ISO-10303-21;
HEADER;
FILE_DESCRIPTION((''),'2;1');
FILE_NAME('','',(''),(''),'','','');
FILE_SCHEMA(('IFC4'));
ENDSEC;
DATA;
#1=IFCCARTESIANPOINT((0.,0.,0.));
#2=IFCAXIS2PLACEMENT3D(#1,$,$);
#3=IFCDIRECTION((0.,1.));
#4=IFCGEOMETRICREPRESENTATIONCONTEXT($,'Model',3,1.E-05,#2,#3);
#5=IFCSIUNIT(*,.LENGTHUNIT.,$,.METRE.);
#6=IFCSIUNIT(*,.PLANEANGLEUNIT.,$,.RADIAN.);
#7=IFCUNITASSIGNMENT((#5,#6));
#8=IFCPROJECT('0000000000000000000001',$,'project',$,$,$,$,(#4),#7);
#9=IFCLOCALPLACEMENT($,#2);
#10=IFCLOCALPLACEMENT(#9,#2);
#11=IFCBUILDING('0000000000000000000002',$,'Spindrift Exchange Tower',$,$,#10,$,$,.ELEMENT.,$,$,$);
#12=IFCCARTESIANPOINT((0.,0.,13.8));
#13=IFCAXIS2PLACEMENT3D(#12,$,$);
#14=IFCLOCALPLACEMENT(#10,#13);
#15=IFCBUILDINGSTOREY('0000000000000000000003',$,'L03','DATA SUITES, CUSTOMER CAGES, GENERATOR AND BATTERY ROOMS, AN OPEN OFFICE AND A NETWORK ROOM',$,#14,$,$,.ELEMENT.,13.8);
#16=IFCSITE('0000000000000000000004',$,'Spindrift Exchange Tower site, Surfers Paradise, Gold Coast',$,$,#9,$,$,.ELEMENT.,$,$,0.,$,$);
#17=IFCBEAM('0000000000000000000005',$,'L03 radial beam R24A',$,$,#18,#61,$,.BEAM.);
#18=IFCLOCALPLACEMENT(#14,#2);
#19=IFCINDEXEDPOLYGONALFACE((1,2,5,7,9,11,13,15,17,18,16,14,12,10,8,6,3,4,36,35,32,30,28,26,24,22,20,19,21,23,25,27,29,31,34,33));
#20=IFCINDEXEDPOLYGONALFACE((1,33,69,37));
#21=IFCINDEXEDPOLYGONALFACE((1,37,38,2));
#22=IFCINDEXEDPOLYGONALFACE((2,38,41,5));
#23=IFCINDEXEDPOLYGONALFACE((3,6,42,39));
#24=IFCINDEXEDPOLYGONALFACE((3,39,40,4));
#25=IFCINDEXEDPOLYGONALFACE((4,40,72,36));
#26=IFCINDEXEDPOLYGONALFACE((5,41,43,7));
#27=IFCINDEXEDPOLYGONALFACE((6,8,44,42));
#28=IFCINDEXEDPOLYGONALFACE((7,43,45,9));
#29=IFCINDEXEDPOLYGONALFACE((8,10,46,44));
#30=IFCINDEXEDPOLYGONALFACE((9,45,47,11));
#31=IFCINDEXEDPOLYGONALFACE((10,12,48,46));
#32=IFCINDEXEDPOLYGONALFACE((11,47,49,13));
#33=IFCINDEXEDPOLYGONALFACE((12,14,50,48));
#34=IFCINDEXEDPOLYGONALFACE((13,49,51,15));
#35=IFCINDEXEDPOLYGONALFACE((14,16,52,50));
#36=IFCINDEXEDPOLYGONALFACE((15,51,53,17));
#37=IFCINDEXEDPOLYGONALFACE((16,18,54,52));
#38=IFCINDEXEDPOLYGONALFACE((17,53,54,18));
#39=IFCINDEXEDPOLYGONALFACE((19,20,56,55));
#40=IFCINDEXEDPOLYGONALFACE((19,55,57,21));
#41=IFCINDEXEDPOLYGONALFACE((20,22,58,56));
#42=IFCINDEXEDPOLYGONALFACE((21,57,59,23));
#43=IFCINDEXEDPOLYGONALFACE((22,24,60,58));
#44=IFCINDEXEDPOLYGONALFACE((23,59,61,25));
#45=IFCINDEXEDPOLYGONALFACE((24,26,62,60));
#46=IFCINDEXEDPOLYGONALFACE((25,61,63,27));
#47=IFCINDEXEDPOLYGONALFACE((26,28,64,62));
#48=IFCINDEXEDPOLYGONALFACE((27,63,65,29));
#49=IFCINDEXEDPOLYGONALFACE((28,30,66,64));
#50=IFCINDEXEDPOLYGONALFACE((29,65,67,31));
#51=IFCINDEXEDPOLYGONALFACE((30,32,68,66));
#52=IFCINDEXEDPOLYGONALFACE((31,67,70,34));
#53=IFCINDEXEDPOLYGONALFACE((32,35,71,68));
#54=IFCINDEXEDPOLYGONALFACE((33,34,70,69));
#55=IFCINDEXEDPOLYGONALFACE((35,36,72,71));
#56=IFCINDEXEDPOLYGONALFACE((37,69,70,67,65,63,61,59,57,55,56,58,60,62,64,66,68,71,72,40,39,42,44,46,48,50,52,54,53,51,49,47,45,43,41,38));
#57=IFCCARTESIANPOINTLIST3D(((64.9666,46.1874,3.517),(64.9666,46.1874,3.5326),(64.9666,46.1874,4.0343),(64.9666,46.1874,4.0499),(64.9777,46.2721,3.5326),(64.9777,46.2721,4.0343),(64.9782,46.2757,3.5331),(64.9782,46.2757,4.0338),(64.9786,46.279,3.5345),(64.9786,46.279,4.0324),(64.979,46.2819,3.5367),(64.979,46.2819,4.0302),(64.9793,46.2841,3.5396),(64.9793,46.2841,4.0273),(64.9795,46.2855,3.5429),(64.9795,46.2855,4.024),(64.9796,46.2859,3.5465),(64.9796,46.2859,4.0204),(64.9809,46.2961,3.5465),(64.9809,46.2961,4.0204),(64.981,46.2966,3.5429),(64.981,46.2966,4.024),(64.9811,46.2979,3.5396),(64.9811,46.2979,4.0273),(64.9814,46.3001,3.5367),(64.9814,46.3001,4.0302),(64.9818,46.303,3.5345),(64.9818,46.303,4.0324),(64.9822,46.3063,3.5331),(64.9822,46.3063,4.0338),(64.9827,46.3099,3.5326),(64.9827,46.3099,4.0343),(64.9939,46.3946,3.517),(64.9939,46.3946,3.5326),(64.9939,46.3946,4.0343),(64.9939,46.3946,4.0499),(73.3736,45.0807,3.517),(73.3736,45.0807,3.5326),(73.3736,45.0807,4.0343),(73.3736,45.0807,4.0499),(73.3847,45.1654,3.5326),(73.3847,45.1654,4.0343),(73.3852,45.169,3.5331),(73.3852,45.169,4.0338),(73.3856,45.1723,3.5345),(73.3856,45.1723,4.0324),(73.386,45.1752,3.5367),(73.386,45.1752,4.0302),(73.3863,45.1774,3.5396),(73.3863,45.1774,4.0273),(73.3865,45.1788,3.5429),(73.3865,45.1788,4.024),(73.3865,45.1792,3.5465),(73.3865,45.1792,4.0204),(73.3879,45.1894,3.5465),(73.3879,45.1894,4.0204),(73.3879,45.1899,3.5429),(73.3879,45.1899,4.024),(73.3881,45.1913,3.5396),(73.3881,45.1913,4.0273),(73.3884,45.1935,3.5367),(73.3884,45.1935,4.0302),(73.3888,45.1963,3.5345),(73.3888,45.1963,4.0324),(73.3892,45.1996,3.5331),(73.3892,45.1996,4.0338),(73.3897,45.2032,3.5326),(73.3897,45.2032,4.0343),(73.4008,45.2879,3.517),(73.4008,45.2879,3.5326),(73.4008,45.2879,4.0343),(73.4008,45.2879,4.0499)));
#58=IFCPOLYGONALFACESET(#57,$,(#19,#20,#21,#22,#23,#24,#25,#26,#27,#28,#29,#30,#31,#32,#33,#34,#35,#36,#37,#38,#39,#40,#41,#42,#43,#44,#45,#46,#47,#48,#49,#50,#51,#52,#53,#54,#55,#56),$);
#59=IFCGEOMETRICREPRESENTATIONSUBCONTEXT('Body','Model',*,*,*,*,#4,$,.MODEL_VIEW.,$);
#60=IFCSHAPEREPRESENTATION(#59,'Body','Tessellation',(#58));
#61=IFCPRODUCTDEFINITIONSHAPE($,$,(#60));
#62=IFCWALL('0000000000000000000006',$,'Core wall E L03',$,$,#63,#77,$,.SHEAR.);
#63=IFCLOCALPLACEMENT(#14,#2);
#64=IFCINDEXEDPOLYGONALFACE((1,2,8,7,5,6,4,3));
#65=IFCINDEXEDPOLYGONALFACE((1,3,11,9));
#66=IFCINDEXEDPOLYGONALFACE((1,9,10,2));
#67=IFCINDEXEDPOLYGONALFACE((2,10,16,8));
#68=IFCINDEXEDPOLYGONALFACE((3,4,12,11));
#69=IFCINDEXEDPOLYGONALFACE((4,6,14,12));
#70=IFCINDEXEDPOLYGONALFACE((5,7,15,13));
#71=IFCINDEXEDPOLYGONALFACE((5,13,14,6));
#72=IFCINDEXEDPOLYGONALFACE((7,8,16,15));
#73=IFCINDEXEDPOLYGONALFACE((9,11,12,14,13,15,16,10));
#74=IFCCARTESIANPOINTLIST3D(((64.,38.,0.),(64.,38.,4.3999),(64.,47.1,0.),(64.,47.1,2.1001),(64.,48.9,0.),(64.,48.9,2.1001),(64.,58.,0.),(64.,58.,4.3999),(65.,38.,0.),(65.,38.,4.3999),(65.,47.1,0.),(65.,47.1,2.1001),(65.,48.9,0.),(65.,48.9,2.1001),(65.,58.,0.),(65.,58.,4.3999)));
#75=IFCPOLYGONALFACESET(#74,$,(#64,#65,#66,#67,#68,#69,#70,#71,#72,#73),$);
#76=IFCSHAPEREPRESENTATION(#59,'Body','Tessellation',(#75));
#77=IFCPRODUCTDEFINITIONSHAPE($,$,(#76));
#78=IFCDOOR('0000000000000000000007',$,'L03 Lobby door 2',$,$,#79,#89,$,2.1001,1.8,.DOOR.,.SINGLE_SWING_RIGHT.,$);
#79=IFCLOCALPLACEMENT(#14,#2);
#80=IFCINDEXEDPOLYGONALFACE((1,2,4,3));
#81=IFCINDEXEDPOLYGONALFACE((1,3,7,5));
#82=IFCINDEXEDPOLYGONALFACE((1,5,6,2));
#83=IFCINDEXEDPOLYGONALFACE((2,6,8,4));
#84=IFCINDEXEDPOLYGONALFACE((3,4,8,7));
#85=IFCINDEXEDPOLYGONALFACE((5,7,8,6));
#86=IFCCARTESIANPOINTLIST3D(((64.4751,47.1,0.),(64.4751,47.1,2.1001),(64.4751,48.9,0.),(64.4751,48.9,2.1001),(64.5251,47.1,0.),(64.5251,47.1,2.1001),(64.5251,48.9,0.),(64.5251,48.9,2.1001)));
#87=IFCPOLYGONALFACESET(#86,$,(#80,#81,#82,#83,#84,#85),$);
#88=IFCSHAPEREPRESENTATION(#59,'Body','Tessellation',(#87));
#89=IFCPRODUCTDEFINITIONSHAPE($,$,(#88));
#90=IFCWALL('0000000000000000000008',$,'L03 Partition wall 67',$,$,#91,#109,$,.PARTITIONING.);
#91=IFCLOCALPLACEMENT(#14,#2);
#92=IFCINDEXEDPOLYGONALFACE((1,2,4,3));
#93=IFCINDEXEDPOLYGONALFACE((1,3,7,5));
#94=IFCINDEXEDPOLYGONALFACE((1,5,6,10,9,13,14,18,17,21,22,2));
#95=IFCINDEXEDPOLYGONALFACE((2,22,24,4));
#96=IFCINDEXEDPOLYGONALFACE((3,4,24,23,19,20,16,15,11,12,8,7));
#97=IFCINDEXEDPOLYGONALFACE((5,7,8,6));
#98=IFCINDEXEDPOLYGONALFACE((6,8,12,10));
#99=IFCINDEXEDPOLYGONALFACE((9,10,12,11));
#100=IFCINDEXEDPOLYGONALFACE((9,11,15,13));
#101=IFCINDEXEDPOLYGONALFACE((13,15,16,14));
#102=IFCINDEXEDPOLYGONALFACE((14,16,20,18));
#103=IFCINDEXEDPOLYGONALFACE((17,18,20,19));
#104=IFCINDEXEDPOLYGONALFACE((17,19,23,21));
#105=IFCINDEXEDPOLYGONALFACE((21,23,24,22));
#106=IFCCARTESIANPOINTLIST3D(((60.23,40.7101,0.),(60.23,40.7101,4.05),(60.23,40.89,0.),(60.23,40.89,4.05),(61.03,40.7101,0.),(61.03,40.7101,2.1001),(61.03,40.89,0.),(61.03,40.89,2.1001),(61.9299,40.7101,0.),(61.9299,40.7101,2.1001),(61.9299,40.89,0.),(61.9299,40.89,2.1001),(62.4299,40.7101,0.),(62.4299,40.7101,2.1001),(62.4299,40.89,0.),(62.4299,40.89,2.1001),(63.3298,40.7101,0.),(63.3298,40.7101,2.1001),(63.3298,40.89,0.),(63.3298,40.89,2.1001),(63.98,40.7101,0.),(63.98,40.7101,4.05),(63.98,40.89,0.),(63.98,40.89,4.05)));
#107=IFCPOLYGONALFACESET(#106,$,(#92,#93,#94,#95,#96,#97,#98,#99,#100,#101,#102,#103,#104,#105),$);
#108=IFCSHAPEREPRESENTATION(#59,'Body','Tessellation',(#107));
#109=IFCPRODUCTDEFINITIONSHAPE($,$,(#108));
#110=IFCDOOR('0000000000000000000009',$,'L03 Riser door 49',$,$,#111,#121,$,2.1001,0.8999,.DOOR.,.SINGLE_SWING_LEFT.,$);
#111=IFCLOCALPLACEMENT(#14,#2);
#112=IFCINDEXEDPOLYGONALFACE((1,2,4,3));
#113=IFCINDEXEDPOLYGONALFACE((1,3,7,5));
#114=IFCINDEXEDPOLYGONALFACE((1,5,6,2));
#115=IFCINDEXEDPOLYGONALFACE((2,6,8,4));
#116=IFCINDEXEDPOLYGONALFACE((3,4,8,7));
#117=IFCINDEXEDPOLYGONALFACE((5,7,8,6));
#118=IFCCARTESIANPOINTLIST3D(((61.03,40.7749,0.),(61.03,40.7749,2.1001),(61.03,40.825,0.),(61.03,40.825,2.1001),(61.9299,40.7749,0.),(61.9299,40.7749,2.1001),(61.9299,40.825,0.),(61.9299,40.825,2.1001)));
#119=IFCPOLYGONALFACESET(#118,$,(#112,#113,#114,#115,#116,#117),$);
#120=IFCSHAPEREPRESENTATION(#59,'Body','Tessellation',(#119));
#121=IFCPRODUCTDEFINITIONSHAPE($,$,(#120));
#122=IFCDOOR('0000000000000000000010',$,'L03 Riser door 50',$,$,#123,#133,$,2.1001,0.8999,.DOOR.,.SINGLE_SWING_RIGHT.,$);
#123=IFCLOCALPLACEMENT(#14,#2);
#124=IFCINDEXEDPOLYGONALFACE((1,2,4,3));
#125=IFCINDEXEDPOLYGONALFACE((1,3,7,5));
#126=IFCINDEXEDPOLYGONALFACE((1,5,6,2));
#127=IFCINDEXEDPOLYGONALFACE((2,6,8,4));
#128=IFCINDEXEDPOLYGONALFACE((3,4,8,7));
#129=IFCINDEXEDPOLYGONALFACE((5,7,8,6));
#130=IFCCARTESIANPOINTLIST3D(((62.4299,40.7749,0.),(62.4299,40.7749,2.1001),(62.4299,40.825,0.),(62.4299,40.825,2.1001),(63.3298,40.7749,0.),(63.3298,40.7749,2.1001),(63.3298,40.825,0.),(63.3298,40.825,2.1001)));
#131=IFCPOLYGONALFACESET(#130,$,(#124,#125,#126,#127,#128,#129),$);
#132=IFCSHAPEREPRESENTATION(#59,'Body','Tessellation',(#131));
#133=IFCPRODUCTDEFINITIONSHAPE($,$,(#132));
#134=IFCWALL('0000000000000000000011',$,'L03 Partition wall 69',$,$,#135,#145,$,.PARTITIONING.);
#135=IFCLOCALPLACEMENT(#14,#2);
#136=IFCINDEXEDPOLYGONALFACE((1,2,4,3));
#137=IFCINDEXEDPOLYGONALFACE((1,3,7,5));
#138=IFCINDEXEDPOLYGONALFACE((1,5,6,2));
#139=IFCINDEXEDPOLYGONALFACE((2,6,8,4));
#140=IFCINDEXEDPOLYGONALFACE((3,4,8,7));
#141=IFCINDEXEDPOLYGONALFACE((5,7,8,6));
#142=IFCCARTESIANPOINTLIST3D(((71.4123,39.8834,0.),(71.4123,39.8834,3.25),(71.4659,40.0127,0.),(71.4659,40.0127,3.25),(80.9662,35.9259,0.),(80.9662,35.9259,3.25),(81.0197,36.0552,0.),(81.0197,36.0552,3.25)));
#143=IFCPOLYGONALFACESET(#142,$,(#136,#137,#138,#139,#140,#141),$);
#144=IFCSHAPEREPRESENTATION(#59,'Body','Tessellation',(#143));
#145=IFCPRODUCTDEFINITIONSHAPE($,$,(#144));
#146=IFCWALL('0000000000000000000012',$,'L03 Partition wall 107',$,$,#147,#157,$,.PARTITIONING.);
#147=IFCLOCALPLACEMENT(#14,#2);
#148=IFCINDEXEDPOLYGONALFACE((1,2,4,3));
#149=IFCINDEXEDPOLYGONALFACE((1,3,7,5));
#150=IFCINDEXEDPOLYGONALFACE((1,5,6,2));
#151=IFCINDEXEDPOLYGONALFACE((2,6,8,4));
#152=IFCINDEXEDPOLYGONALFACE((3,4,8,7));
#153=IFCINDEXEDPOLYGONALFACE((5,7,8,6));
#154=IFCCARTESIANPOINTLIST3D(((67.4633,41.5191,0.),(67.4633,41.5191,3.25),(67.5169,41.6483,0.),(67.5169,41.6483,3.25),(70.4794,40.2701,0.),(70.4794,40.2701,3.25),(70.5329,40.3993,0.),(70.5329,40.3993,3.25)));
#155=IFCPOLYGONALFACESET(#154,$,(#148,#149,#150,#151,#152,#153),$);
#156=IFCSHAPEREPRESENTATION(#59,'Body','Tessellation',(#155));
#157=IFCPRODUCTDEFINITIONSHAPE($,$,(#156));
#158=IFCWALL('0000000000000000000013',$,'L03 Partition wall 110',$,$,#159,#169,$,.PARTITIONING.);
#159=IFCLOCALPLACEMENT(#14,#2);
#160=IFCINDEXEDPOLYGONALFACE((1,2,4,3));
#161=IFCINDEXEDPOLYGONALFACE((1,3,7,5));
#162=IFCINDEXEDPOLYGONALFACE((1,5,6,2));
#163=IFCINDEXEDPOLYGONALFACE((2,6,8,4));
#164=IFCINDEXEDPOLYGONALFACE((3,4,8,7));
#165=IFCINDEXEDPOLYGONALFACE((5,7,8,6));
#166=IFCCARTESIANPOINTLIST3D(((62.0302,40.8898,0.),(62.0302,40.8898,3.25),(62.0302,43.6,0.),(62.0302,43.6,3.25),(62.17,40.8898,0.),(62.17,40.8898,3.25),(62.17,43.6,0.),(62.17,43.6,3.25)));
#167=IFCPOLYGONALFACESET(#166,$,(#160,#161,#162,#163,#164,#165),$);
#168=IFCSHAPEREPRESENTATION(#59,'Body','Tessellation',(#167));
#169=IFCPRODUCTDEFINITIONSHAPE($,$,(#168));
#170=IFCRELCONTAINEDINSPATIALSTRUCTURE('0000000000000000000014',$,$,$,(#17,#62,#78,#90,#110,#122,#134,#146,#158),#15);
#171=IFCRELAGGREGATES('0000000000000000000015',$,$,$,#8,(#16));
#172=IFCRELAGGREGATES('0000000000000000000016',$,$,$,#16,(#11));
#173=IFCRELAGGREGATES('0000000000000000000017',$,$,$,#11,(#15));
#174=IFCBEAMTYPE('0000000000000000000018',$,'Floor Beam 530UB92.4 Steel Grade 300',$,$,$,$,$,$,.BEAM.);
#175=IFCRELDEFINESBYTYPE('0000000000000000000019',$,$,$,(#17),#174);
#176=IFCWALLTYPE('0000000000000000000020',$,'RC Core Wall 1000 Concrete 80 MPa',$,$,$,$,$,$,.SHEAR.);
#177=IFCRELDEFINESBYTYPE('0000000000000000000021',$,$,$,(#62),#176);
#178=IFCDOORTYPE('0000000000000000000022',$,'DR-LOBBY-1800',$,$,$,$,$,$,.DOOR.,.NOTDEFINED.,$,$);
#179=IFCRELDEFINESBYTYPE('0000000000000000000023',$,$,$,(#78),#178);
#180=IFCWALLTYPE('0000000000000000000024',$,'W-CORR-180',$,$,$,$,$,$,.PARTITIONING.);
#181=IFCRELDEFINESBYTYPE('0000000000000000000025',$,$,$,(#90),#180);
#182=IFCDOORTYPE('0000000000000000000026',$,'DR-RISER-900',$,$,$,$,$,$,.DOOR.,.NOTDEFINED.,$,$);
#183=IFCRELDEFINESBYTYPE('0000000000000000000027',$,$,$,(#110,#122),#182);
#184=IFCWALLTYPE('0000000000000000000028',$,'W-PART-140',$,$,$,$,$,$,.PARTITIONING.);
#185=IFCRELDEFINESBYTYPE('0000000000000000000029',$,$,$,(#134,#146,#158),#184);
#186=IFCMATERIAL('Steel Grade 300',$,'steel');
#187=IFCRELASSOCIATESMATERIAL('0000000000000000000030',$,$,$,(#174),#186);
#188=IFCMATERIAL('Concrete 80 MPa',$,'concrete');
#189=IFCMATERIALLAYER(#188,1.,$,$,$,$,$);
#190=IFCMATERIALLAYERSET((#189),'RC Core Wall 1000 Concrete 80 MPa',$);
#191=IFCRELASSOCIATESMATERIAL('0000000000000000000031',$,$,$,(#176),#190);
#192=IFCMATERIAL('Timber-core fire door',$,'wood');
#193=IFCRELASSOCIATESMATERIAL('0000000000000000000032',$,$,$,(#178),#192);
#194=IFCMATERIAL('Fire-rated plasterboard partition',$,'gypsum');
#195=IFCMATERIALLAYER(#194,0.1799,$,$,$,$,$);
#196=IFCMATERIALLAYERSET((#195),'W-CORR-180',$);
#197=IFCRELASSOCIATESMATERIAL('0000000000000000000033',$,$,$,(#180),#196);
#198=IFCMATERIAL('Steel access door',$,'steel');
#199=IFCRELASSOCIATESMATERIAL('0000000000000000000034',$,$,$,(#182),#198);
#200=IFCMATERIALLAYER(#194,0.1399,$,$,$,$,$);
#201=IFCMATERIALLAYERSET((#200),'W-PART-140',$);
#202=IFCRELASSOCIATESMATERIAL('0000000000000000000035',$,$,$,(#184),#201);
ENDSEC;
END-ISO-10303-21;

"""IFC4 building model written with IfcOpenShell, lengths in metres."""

from ifc_helpers import new_model, si_unit, direction, frame, frame_2d, origin, origin_2d, place, context, subcontext, project, spatial, rectangle, i_section, extrude, source, transform, mapped, material, layer, layer_set, material_profile, profile_set, type_object, element, fill, save


model = new_model("IFC4")

# Units and contexts
model_context = context("Model", 3, precision=1e-05, world=origin(), true_north=direction((0.0, 1.0)))
body_context = subcontext(model_context, "Body", "Model", "MODEL_VIEW")
ifc_project = project(units=[si_unit("LENGTHUNIT", "METRE"), si_unit("PLANEANGLEUNIT", "RADIAN")], contexts=[model_context])

# Site, building, storey
site_placement = place(None, origin())
site = spatial("IfcSite", under=ifc_project, at=site_placement, Name="Spindrift Exchange Tower site, Surfers Paradise, Gold Coast", CompositionType="ELEMENT", RefElevation=0.0)
building_placement = place(site_placement, origin())
building = spatial("IfcBuilding", under=site, at=building_placement, Name="Spindrift Exchange Tower", CompositionType="ELEMENT")
storey_placement = place(building_placement, frame((0.0, 0.0, 13.8)))
storey = spatial("IfcBuildingStorey", under=building, at=storey_placement, Name="L03", Description="DATA SUITES, CUSTOMER CAGES, GENERATOR AND BATTERY ROOMS, AN OPEN OFFICE AND A NETWORK ROOM", CompositionType="ELEMENT", Elevation=13.8)

# Shared definitions
ifc_material_1 = material(Name="Concrete 80 MPa", Category="concrete")

# Beam
ifc_material_2 = material(Name="Steel Grade 300", Category="steel")
ifc_material_profile_1 = material_profile(ifc_material_2, i_section(OverallWidth=0.209, OverallDepth=0.533, WebThickness=0.0103, FlangeThickness=0.0156, FilletRadius=0.0139, at=origin_2d()), Name="530UB92.4")
ifc_profile_set_1 = profile_set([ifc_material_profile_1], Name="Steel Grade 300")
beam_type_1 = type_object("IfcBeamType", Name="Floor Beam 530UB92.4 Steel Grade 300", PredefinedType="BEAM", material=ifc_profile_set_1)
shared_shape_1 = source(origin(), body_context, "Body", "SweptSolid", [
    extrude(i_section(OverallWidth=0.209, OverallDepth=0.533, WebThickness=0.0103, FlangeThickness=0.0156, FilletRadius=0.0139, at=origin_2d()), origin(), (0.0, 0.0, 1.0), 8.4795),
])
beam_1_placement = place(storey_placement, frame((64.9802, 46.291, 3.7834), z_axis=(0.991447, -0.130513, 0.0), x_axis=(0.130513, 0.991447, 0.0)))
element("IfcBeam", 1, at=beam_1_placement, inside=storey, type_object=beam_type_1, Name="L03 radial beam R24A", PredefinedType="BEAM", context=body_context, shape_type="MappedRepresentation", body=[
    mapped(shared_shape_1, transform((0.0, 0.0, 0.0), scale=1.0)),
])

# Wall, opening, door
ifc_layer_1 = layer(ifc_material_1, 1.0)
ifc_layer_set_1 = layer_set([ifc_layer_1], Name="RC Core Wall 1000 Concrete 80 MPa")
wall_type_1 = type_object("IfcWallType", Name="RC Core Wall 1000 Concrete 80 MPa", PredefinedType="SHEAR", material=ifc_layer_set_1)
wall_1_placement = place(storey_placement, frame((64.5, 38.0, 0.0), z_axis=(0.0, 0.0, 1.0), x_axis=(0.0, 1.0, 0.0)))
wall_1 = element("IfcWall", 2, at=wall_1_placement, inside=storey, type_object=wall_type_1, Name="Core wall E L03", PredefinedType="SHEAR", context=body_context, shape_type="SweptSolid", body=[
    extrude(rectangle(XDim=20.0, YDim=1.0, at=frame_2d((10.0, 0.0))), origin(), (0.0, 0.0, 1.0), 4.3999),
])
opening_1_placement = place(wall_1_placement, frame((9.1001, 0.0, 0.0)))
opening_1 = element("IfcOpeningElement", 3, at=opening_1_placement, cuts=wall_1, PredefinedType="OPENING", context=body_context, shape_type="SweptSolid", body=[
    extrude(rectangle(XDim=1.8, YDim=2.1001, at=frame_2d((0.8999, 1.05))), frame((0.0, 0.51, 0.0), z_axis=(0.0, -1.0, 0.0), x_axis=(1.0, 0.0, 0.0)), (0.0, 0.0, 1.0), 1.02),
])
ifc_material_3 = material(Name="Timber-core fire door", Category="wood")
door_type_1 = type_object("IfcDoorType", Name="DR-LOBBY-1800", OperationType="NOTDEFINED", PredefinedType="DOOR", material=ifc_material_3)
shared_shape_2 = source(origin(), body_context, "Body", "SweptSolid", [
    extrude(rectangle(XDim=1.8, YDim=2.1001, at=frame_2d((0.8999, 1.05))), frame((0.0, 0.0249, 0.0), z_axis=(0.0, -1.0, 0.0), x_axis=(1.0, 0.0, 0.0)), (0.0, 0.0, 1.0), 0.05),
])
door_1_placement = place(opening_1_placement, origin())
door_1 = element("IfcDoor", 4, at=door_1_placement, inside=storey, type_object=door_type_1, Name="L03 Lobby door 2", OperationType="SINGLE_SWING_RIGHT", OverallHeight=2.1001, OverallWidth=1.8, PredefinedType="DOOR", context=body_context, shape_type="MappedRepresentation", body=[
    mapped(shared_shape_2, transform((0.0, 0.0, 0.0), scale=1.0)),
])
fill(opening_1, door_1)

# Wall, openings, doors
ifc_material_4 = material(Name="Fire-rated plasterboard partition", Category="gypsum")
ifc_layer_2 = layer(ifc_material_4, 0.1799)
ifc_layer_set_2 = layer_set([ifc_layer_2], Name="W-CORR-180")
wall_type_2 = type_object("IfcWallType", Name="W-CORR-180", PredefinedType="PARTITIONING", material=ifc_layer_set_2)
wall_2_placement = place(storey_placement, frame((60.23, 40.8, 0.0), z_axis=(0.0, 0.0, 1.0), x_axis=(1.0, 0.0, 0.0)))
wall_2 = element("IfcWall", 5, at=wall_2_placement, inside=storey, type_object=wall_type_2, Name="L03 Partition wall 67", PredefinedType="PARTITIONING", context=body_context, shape_type="SweptSolid", body=[
    extrude(rectangle(XDim=3.75, YDim=0.1799, at=frame_2d((1.875, 0.0))), origin(), (0.0, 0.0, 1.0), 4.05),
])
opening_2_placement = place(wall_2_placement, frame((0.8, 0.0, 0.0)))
opening_2 = element("IfcOpeningElement", 6, at=opening_2_placement, cuts=wall_2, PredefinedType="OPENING", context=body_context, shape_type="SweptSolid", body=[
    extrude(rectangle(XDim=0.8999, YDim=2.1001, at=frame_2d((0.45, 1.05))), frame((0.0, 0.0999, 0.0), z_axis=(0.0, -1.0, 0.0), x_axis=(1.0, 0.0, 0.0)), (0.0, 0.0, 1.0), 0.2),
])
opening_3_placement = place(wall_2_placement, frame((2.2, 0.0, 0.0)))
opening_3 = element("IfcOpeningElement", 7, at=opening_3_placement, cuts=wall_2, PredefinedType="OPENING", context=body_context, shape_type="SweptSolid", body=[
    extrude(rectangle(XDim=0.8999, YDim=2.1001, at=frame_2d((0.45, 1.05))), frame((0.0, 0.0999, 0.0), z_axis=(0.0, -1.0, 0.0), x_axis=(1.0, 0.0, 0.0)), (0.0, 0.0, 1.0), 0.2),
])
ifc_material_5 = material(Name="Steel access door", Category="steel")
door_type_2 = type_object("IfcDoorType", Name="DR-RISER-900", OperationType="NOTDEFINED", PredefinedType="DOOR", material=ifc_material_5)
shared_shape_3 = source(origin(), body_context, "Body", "SweptSolid", [
    extrude(rectangle(XDim=0.8999, YDim=2.1001, at=frame_2d((0.45, 1.05))), frame((0.0, 0.0249, 0.0), z_axis=(0.0, -1.0, 0.0), x_axis=(1.0, 0.0, 0.0)), (0.0, 0.0, 1.0), 0.05),
])
door_2_placement = place(opening_2_placement, origin())
door_2 = element("IfcDoor", 8, at=door_2_placement, inside=storey, type_object=door_type_2, Name="L03 Riser door 49", OperationType="SINGLE_SWING_LEFT", OverallHeight=2.1001, OverallWidth=0.8999, PredefinedType="DOOR", context=body_context, shape_type="MappedRepresentation", body=[
    mapped(shared_shape_3, transform((0.0, 0.0, 0.0), scale=1.0)),
])
fill(opening_2, door_2)
door_3_placement = place(opening_3_placement, origin())
door_3 = element("IfcDoor", 9, at=door_3_placement, inside=storey, type_object=door_type_2, Name="L03 Riser door 50", OperationType="SINGLE_SWING_RIGHT", OverallHeight=2.1001, OverallWidth=0.8999, PredefinedType="DOOR", context=body_context, shape_type="MappedRepresentation", body=[
    mapped(shared_shape_3, transform((0.0, 0.0, 0.0), scale=1.0)),
])
fill(opening_3, door_3)

# Walls
ifc_layer_3 = layer(ifc_material_4, 0.1399)
ifc_layer_set_3 = layer_set([ifc_layer_3], Name="W-PART-140")
wall_type_3 = type_object("IfcWallType", Name="W-PART-140", PredefinedType="PARTITIONING", material=ifc_layer_set_3)
wall_3_placement = place(storey_placement, frame((71.4392, 39.948, 0.0), z_axis=(0.0, 0.0, 1.0), x_axis=(0.923875, -0.382695, 0.0)))
element("IfcWall", 10, at=wall_3_placement, inside=storey, type_object=wall_type_3, Name="L03 Partition wall 69", PredefinedType="PARTITIONING", context=body_context, shape_type="SweptSolid", body=[
    extrude(rectangle(XDim=10.3411, YDim=0.1399, at=frame_2d((5.1704, 0.0))), origin(), (0.0, 0.0, 1.0), 3.25),
])
wall_4_placement = place(storey_placement, frame((67.49, 41.5837, 0.0), z_axis=(0.0, 0.0, 1.0), x_axis=(0.923911, -0.382607, 0.0)))
element("IfcWall", 11, at=wall_4_placement, inside=storey, type_object=wall_type_3, Name="L03 Partition wall 107", PredefinedType="PARTITIONING", context=body_context, shape_type="SweptSolid", body=[
    extrude(rectangle(XDim=3.2644, YDim=0.1399, at=frame_2d((1.6323, 0.0))), origin(), (0.0, 0.0, 1.0), 3.25),
])
wall_5_placement = place(storey_placement, frame((62.1001, 40.8899, 0.0), z_axis=(0.0, 0.0, 1.0), x_axis=(0.0, 1.0, 0.0)))
element("IfcWall", 12, at=wall_5_placement, inside=storey, type_object=wall_type_3, Name="L03 Partition wall 110", PredefinedType="PARTITIONING", context=body_context, shape_type="SweptSolid", body=[
    extrude(rectangle(XDim=2.7102, YDim=0.1399, at=frame_2d((1.355, 0.0))), origin(), (0.0, 0.0, 1.0), 3.25),
])

save(model, "model.ifc")
